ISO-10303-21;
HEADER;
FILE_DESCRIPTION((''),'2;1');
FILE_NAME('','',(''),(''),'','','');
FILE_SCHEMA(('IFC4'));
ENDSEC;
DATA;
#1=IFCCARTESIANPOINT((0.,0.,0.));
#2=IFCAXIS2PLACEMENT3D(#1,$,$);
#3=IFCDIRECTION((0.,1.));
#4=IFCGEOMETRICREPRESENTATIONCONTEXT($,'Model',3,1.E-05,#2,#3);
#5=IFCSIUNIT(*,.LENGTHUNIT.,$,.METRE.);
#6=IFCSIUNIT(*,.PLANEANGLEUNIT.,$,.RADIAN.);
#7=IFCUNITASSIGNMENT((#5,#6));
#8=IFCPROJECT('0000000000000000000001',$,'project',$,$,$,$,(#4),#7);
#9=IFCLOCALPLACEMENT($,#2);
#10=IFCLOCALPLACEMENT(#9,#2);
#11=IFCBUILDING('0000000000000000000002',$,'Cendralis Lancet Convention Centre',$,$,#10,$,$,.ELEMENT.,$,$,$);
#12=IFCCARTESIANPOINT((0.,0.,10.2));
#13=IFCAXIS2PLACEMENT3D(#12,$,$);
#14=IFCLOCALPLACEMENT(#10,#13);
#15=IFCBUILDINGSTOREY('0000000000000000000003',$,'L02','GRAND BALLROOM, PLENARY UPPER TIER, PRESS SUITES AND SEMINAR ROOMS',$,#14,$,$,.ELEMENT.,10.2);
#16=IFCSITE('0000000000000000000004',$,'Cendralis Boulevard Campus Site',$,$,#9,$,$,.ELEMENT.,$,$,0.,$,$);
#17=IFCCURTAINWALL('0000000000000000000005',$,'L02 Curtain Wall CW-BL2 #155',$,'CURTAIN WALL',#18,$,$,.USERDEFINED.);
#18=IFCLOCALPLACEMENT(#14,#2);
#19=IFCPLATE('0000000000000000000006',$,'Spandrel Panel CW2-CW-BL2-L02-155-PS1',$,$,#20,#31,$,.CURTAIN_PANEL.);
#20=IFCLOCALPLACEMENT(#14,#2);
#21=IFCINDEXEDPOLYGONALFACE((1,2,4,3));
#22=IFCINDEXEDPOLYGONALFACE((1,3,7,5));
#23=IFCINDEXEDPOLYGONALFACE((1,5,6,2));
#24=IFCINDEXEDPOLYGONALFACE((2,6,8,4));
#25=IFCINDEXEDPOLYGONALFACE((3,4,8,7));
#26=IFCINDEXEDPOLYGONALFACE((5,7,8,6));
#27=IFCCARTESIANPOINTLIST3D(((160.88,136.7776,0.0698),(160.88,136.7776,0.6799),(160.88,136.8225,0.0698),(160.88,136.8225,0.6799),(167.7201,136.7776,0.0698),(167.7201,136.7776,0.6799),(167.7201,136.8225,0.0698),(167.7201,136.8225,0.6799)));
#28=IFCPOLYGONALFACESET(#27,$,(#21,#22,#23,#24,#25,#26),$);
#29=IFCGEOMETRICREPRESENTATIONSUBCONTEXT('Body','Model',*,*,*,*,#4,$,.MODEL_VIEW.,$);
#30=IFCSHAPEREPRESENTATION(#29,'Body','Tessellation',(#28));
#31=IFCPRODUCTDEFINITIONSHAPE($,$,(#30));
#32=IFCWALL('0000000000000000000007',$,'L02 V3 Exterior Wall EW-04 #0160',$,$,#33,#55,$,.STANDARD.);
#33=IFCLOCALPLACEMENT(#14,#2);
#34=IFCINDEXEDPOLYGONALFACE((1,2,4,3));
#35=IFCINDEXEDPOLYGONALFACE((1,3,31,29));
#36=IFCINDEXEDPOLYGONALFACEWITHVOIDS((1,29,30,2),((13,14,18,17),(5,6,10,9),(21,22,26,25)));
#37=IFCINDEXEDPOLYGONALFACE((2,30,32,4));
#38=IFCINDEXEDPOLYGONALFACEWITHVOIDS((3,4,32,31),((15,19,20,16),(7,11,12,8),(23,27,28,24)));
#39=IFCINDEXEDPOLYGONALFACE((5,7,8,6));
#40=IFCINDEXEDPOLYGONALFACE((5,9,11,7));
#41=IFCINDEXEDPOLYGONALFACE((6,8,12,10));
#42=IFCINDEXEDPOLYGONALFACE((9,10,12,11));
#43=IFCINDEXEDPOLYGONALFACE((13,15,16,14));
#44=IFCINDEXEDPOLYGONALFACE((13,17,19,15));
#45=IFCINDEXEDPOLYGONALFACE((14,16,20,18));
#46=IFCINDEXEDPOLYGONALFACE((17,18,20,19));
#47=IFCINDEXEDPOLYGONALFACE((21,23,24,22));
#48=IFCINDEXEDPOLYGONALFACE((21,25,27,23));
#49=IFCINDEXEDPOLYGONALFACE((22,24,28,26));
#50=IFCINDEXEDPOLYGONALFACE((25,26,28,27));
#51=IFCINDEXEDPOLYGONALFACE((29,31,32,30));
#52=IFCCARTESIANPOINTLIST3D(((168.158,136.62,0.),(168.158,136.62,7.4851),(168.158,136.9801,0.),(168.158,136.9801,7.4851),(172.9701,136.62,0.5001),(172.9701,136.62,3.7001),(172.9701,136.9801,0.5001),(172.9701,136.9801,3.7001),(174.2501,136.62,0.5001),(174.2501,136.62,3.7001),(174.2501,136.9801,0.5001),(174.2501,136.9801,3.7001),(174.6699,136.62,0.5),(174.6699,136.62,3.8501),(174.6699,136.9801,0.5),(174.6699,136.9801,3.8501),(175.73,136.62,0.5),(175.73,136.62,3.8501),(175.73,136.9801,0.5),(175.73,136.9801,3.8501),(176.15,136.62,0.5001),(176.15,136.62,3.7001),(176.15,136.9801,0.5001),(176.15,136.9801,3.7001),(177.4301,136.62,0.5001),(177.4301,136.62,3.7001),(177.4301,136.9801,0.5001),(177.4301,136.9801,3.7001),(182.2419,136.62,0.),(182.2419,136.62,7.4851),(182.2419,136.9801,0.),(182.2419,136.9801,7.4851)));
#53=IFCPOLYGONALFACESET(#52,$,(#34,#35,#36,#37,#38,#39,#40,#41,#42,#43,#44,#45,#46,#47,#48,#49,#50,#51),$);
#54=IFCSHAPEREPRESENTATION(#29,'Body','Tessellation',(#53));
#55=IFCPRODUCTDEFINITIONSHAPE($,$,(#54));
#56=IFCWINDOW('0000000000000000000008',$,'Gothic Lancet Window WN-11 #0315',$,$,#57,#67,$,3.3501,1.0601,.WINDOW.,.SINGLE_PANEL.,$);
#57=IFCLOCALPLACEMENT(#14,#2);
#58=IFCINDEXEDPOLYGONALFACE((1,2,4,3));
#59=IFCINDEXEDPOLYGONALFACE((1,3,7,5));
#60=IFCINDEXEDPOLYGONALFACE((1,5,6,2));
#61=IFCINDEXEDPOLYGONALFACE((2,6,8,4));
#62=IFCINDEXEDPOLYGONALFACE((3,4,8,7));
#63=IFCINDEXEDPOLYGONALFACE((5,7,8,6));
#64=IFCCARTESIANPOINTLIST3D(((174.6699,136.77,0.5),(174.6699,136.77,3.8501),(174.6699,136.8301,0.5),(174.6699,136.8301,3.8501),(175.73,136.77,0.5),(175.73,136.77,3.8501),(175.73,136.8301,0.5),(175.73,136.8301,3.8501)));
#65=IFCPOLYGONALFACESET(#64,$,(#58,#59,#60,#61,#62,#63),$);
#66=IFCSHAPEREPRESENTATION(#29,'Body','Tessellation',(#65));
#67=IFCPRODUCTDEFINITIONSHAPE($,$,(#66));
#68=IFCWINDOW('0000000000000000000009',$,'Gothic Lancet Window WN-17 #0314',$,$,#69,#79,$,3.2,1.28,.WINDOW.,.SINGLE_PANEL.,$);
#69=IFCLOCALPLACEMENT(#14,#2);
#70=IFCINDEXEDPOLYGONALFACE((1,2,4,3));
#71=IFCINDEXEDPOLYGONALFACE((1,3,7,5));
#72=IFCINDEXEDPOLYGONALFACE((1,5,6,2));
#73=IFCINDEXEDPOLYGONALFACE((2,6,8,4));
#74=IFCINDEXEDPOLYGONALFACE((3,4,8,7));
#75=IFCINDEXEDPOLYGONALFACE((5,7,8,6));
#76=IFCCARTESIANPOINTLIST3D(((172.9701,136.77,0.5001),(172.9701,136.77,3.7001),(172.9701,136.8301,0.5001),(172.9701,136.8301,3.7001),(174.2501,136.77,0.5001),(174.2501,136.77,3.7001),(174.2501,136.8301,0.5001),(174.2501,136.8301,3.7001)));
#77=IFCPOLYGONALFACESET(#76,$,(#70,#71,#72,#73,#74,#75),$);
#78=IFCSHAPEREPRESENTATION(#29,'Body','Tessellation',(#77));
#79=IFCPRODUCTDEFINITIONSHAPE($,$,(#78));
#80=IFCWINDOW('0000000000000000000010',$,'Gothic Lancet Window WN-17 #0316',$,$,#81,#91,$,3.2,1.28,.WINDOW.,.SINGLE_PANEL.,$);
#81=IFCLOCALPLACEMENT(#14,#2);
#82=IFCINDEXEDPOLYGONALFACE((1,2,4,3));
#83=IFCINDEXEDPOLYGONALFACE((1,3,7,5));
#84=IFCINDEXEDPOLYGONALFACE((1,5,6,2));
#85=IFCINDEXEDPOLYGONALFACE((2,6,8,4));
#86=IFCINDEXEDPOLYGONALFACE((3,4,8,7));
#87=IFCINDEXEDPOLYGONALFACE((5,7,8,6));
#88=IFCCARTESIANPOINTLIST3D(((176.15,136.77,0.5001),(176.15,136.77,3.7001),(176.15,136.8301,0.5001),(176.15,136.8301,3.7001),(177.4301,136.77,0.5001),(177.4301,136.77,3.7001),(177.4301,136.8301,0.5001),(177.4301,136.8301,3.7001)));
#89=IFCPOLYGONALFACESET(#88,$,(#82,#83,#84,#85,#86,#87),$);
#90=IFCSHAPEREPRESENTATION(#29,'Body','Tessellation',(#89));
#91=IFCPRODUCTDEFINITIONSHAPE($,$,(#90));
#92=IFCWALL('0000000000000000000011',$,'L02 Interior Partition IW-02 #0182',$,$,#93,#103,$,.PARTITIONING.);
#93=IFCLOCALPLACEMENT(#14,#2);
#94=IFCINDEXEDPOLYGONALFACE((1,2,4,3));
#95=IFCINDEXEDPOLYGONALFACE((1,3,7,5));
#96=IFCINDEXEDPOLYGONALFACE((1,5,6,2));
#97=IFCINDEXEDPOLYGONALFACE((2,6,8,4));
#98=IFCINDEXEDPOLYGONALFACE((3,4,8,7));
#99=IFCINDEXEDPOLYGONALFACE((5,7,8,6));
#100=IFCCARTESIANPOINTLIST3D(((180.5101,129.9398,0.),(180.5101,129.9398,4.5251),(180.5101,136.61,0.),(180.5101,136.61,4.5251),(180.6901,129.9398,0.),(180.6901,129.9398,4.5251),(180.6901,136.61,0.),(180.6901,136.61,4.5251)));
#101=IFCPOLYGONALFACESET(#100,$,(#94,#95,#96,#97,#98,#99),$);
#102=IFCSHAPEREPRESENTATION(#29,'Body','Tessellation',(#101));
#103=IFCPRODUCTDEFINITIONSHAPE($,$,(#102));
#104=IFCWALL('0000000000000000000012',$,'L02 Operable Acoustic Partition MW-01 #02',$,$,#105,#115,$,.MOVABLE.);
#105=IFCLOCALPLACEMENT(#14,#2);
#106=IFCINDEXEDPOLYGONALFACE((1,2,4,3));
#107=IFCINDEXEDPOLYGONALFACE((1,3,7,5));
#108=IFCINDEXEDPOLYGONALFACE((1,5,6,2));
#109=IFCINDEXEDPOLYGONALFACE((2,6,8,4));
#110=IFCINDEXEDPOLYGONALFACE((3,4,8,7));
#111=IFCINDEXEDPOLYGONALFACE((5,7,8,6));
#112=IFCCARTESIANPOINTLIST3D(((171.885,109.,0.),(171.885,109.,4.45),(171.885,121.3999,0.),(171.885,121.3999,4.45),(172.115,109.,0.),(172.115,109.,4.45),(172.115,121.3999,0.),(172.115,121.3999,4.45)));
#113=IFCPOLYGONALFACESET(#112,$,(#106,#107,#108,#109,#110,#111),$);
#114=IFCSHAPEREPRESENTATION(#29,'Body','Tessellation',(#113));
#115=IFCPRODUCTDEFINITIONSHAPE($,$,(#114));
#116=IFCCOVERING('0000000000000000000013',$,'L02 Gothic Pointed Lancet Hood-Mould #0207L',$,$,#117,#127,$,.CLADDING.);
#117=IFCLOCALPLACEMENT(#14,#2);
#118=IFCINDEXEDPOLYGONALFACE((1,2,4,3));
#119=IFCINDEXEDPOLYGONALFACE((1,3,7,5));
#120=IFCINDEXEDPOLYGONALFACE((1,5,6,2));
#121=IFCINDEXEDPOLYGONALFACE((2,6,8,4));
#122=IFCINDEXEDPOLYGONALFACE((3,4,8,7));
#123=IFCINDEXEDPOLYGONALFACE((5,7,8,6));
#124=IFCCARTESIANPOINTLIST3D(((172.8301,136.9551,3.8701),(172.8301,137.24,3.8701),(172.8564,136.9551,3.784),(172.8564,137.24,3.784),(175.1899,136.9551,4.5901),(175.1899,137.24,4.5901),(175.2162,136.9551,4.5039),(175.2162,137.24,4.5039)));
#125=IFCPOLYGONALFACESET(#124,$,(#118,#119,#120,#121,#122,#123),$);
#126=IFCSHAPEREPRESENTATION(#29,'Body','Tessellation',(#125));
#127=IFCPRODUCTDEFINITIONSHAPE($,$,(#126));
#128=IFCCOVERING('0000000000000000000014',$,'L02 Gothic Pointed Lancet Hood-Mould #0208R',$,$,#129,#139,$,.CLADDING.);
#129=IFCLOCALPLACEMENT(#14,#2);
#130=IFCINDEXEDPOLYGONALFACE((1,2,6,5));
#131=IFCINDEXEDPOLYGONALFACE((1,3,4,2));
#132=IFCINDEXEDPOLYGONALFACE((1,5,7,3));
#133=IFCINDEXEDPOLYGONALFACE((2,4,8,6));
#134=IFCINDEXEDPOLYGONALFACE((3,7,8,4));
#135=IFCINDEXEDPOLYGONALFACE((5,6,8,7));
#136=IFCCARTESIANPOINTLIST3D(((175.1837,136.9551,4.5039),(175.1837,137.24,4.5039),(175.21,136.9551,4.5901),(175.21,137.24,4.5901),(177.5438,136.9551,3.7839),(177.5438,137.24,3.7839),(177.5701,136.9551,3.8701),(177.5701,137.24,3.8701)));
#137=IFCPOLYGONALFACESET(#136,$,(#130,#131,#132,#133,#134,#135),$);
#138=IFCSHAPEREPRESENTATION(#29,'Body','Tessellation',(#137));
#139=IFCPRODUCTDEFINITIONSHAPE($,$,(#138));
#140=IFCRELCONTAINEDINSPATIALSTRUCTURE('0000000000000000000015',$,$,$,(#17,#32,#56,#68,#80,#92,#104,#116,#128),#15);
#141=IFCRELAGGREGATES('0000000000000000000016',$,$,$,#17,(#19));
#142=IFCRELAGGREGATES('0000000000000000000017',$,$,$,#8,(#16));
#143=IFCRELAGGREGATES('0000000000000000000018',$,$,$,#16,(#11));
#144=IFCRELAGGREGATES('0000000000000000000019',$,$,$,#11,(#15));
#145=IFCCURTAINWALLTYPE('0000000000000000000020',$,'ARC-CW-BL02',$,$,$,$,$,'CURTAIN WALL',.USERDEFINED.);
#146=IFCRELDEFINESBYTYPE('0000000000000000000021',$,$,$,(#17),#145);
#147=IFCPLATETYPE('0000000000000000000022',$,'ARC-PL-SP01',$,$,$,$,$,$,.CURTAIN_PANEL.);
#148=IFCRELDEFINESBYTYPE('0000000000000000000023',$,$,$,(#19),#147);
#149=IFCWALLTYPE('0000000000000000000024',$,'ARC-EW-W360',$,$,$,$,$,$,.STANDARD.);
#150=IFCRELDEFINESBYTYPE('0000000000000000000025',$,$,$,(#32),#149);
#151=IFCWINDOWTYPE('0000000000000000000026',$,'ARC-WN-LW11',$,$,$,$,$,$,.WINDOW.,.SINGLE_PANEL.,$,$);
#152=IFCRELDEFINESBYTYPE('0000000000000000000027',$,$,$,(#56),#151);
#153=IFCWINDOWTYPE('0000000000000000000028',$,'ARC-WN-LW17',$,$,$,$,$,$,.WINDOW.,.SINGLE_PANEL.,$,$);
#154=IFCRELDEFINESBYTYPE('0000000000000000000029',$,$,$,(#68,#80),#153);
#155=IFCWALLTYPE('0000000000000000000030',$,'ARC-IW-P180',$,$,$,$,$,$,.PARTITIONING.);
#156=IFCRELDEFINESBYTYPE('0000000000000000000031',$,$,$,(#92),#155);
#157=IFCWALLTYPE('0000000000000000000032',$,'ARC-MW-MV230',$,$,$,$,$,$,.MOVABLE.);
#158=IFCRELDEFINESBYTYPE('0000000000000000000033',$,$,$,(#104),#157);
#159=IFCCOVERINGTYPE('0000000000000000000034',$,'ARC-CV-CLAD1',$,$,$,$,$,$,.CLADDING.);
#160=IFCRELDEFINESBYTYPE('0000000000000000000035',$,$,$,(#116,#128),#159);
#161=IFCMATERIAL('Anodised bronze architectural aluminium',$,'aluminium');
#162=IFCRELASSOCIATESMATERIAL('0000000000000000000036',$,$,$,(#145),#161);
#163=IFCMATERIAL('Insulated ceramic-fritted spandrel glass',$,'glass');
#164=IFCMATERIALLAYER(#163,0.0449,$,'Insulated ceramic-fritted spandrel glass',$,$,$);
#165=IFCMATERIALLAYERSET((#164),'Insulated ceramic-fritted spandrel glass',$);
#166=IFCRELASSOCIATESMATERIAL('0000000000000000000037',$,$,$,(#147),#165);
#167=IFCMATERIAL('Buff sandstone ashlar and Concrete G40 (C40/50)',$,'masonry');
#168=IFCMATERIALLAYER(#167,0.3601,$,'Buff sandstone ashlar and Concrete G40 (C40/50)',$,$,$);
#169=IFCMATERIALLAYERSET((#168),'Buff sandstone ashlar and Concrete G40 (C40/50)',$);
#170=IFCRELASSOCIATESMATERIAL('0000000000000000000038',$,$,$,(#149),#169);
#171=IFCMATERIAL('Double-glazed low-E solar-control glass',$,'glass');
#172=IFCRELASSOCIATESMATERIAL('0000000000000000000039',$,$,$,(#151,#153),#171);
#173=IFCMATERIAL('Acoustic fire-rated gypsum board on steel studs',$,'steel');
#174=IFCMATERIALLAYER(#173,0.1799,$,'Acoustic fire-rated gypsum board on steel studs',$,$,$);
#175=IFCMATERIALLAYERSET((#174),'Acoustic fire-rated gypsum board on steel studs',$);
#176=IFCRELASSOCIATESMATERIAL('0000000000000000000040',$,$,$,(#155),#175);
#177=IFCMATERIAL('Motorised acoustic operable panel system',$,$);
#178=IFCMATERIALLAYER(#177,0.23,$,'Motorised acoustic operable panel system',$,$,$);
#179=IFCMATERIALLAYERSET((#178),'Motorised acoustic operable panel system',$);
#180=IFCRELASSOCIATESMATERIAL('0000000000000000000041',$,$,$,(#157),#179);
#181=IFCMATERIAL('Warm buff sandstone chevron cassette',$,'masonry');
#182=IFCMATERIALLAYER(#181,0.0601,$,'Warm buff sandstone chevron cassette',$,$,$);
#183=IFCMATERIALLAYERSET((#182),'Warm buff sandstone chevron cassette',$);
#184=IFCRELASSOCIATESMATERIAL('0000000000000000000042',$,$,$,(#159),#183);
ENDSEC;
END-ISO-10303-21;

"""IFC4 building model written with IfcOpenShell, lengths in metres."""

from ifc_helpers import new_model, si_unit, direction, frame, frame_2d, origin, origin_2d, place, context, subcontext, project, spatial, polyline, rectangle, outline, extrude, material, layer, layer_set, type_object, element, fill, aggregate, save


model = new_model("IFC4")

# Units and contexts
model_context = context("Model", 3, precision=1e-05, world=origin(), true_north=direction((0.0, 1.0)))
body_context = subcontext(model_context, "Body", "Model", "MODEL_VIEW")
ifc_project = project(units=[si_unit("LENGTHUNIT", "METRE"), si_unit("PLANEANGLEUNIT", "RADIAN")], contexts=[model_context])

# Site, building, storey
site_placement = place(None, origin())
site = spatial("IfcSite", under=ifc_project, at=site_placement, Name="Cendralis Boulevard Campus Site", CompositionType="ELEMENT", RefElevation=0.0)
building_placement = place(site_placement, origin())
building = spatial("IfcBuilding", under=site, at=building_placement, Name="Cendralis Lancet Convention Centre", CompositionType="ELEMENT")
storey_placement = place(building_placement, frame((0.0, 0.0, 10.2)))
storey = spatial("IfcBuildingStorey", under=building, at=storey_placement, Name="L02", Description="GRAND BALLROOM, PLENARY UPPER TIER, PRESS SUITES AND SEMINAR ROOMS", CompositionType="ELEMENT", Elevation=10.2)

# Curtain wall
ifc_material_1 = material(Name="Anodised bronze architectural aluminium", Category="aluminium")
curtain_wall_type = type_object("IfcCurtainWallType", Name="ARC-CW-BL02", ElementType="CURTAIN WALL", PredefinedType="USERDEFINED", material=ifc_material_1)
curtain_wall_1_placement = place(storey_placement, origin())
curtain_wall_1 = element("IfcCurtainWall", 1, at=curtain_wall_1_placement, inside=storey, type_object=curtain_wall_type, Name="L02 Curtain Wall CW-BL2 #155", ObjectType="CURTAIN WALL", PredefinedType="USERDEFINED")

# Plate
ifc_material_2 = material(Name="Double-glazed low-E solar-control glass", Category="glass")
ifc_material_3 = material(Name="Insulated ceramic-fritted spandrel glass", Category="glass")
ifc_layer_1 = layer(ifc_material_3, 0.0449, Name="Insulated ceramic-fritted spandrel glass")
ifc_layer_set_1 = layer_set([ifc_layer_1], Name="Insulated ceramic-fritted spandrel glass")
plate_type_1 = type_object("IfcPlateType", Name="ARC-PL-SP01", PredefinedType="CURTAIN_PANEL", material=ifc_layer_set_1)
plate_1_placement = place(storey_placement, frame((164.3, 136.8, 0.0698), z_axis=(0.0, 0.0, 1.0), x_axis=(1.0, 0.0, 0.0)))
plate_1 = element("IfcPlate", 2, at=plate_1_placement, type_object=plate_type_1, Name="Spandrel Panel CW2-CW-BL2-L02-155-PS1", PredefinedType="CURTAIN_PANEL", context=body_context, shape_type="SweptSolid", body=[
    extrude(rectangle(XDim=6.8401, YDim=0.0449, at=origin_2d()), origin(), (0.0, 0.0, 1.0), 0.6101),
])
aggregate(curtain_wall_1, [plate_1])

# Wall, openings, windows
ifc_material_4 = material(Name="Buff sandstone ashlar and Concrete G40 (C40/50)", Category="masonry")
ifc_layer_2 = layer(ifc_material_4, 0.3601, Name="Buff sandstone ashlar and Concrete G40 (C40/50)")
ifc_layer_set_2 = layer_set([ifc_layer_2], Name="Buff sandstone ashlar and Concrete G40 (C40/50)")
wall_type_1 = type_object("IfcWallType", Name="ARC-EW-W360", PredefinedType="STANDARD", material=ifc_layer_set_2)
wall_1_placement = place(storey_placement, frame((168.158, 136.8, 0.0), z_axis=(0.0, 0.0, 1.0), x_axis=(1.0, 0.0, 0.0)))
wall_1 = element("IfcWall", 3, at=wall_1_placement, inside=storey, type_object=wall_type_1, Name="L02 V3 Exterior Wall EW-04 #0160", PredefinedType="STANDARD", context=body_context, shape_type="SweptSolid", body=[
    extrude(rectangle(XDim=14.084, YDim=0.3601, at=frame_2d((7.042, 0.0))), origin(), (0.0, 0.0, 1.0), 7.4851),
])
opening_1_placement = place(wall_1_placement, frame((4.812, 0.0, 0.5)))
opening_1 = element("IfcOpeningElement", 4, at=opening_1_placement, cuts=wall_1, PredefinedType="OPENING", context=body_context, shape_type="SweptSolid", body=[
    extrude(rectangle(XDim=1.28, YDim=3.2, at=frame_2d((0.6401, 1.6001))), frame((0.0, 0.1899, 0.0), z_axis=(0.0, -1.0, 0.0), x_axis=(1.0, 0.0, 0.0)), (0.0, 0.0, 1.0), 0.3801),
])
opening_2_placement = place(wall_1_placement, frame((6.512, 0.0, 0.5)))
opening_2 = element("IfcOpeningElement", 5, at=opening_2_placement, cuts=wall_1, PredefinedType="OPENING", context=body_context, shape_type="SweptSolid", body=[
    extrude(rectangle(XDim=1.0601, YDim=3.3501, at=frame_2d((0.53, 1.675))), frame((0.0, 0.1899, 0.0), z_axis=(0.0, -1.0, 0.0), x_axis=(1.0, 0.0, 0.0)), (0.0, 0.0, 1.0), 0.3801),
])
opening_3_placement = place(wall_1_placement, frame((7.9919, 0.0, 0.5)))
opening_3 = element("IfcOpeningElement", 6, at=opening_3_placement, cuts=wall_1, PredefinedType="OPENING", context=body_context, shape_type="SweptSolid", body=[
    extrude(rectangle(XDim=1.28, YDim=3.2, at=frame_2d((0.6401, 1.6001))), frame((0.0, 0.1899, 0.0), z_axis=(0.0, -1.0, 0.0), x_axis=(1.0, 0.0, 0.0)), (0.0, 0.0, 1.0), 0.3801),
])
window_type_1 = type_object("IfcWindowType", Name="ARC-WN-LW11", PartitioningType="SINGLE_PANEL", PredefinedType="WINDOW", material=ifc_material_2)
window_1_placement = place(opening_2_placement, origin())
window_1 = element("IfcWindow", 7, at=window_1_placement, inside=storey, type_object=window_type_1, Name="Gothic Lancet Window WN-11 #0315", OverallHeight=3.3501, OverallWidth=1.0601, PartitioningType="SINGLE_PANEL", PredefinedType="WINDOW", context=body_context, shape_type="SweptSolid", body=[
    extrude(rectangle(XDim=1.0601, YDim=3.3501, at=frame_2d((0.53, 1.675))), frame((0.0, 0.03, 0.0), z_axis=(0.0, -1.0, 0.0), x_axis=(1.0, 0.0, 0.0)), (0.0, 0.0, 1.0), 0.0601),
])
fill(opening_2, window_1)
window_type_2 = type_object("IfcWindowType", Name="ARC-WN-LW17", PartitioningType="SINGLE_PANEL", PredefinedType="WINDOW", material=ifc_material_2)
window_2_placement = place(opening_1_placement, origin())
window_2 = element("IfcWindow", 8, at=window_2_placement, inside=storey, type_object=window_type_2, Name="Gothic Lancet Window WN-17 #0314", OverallHeight=3.2, OverallWidth=1.28, PartitioningType="SINGLE_PANEL", PredefinedType="WINDOW", context=body_context, shape_type="SweptSolid", body=[
    extrude(rectangle(XDim=1.28, YDim=3.2, at=frame_2d((0.6401, 1.6001))), frame((0.0, 0.03, 0.0), z_axis=(0.0, -1.0, 0.0), x_axis=(1.0, 0.0, 0.0)), (0.0, 0.0, 1.0), 0.0601),
])
fill(opening_1, window_2)
window_3_placement = place(opening_3_placement, origin())
window_3 = element("IfcWindow", 9, at=window_3_placement, inside=storey, type_object=window_type_2, Name="Gothic Lancet Window WN-17 #0316", OverallHeight=3.2, OverallWidth=1.28, PartitioningType="SINGLE_PANEL", PredefinedType="WINDOW", context=body_context, shape_type="SweptSolid", body=[
    extrude(rectangle(XDim=1.28, YDim=3.2, at=frame_2d((0.6401, 1.6001))), frame((0.0, 0.03, 0.0), z_axis=(0.0, -1.0, 0.0), x_axis=(1.0, 0.0, 0.0)), (0.0, 0.0, 1.0), 0.0601),
])
fill(opening_3, window_3)

# Walls
ifc_material_5 = material(Name="Acoustic fire-rated gypsum board on steel studs", Category="steel")
ifc_layer_3 = layer(ifc_material_5, 0.1799, Name="Acoustic fire-rated gypsum board on steel studs")
ifc_layer_set_3 = layer_set([ifc_layer_3], Name="Acoustic fire-rated gypsum board on steel studs")
wall_type_2 = type_object("IfcWallType", Name="ARC-IW-P180", PredefinedType="PARTITIONING", material=ifc_layer_set_3)
wall_2_placement = place(storey_placement, frame((180.6001, 129.9399, 0.0), z_axis=(0.0, 0.0, 1.0), x_axis=(0.0, 1.0, 0.0)))
element("IfcWall", 10, at=wall_2_placement, inside=storey, type_object=wall_type_2, Name="L02 Interior Partition IW-02 #0182", PredefinedType="PARTITIONING", context=body_context, shape_type="SweptSolid", body=[
    extrude(rectangle(XDim=6.6702, YDim=0.1799, at=frame_2d((3.335, 0.0))), origin(), (0.0, 0.0, 1.0), 4.5251),
])
ifc_material_6 = material(Name="Motorised acoustic operable panel system")
ifc_layer_4 = layer(ifc_material_6, 0.23, Name="Motorised acoustic operable panel system")
ifc_layer_set_4 = layer_set([ifc_layer_4], Name="Motorised acoustic operable panel system")
wall_type_3 = type_object("IfcWallType", Name="ARC-MW-MV230", PredefinedType="MOVABLE", material=ifc_layer_set_4)
wall_3_placement = place(storey_placement, frame((172.0, 109.0, 0.0), z_axis=(0.0, 0.0, 1.0), x_axis=(0.0, 1.0, 0.0)))
element("IfcWall", 11, at=wall_3_placement, inside=storey, type_object=wall_type_3, Name="L02 Operable Acoustic Partition MW-01 #02", PredefinedType="MOVABLE", context=body_context, shape_type="SweptSolid", body=[
    extrude(rectangle(XDim=12.3999, YDim=0.23, at=frame_2d((6.2, 0.0))), origin(), (0.0, 0.0, 1.0), 4.45),
])

# Coverings
ifc_material_7 = material(Name="Warm buff sandstone chevron cassette", Category="masonry")
ifc_layer_5 = layer(ifc_material_7, 0.0601, Name="Warm buff sandstone chevron cassette")
ifc_layer_set_5 = layer_set([ifc_layer_5], Name="Warm buff sandstone chevron cassette")
covering_type = type_object("IfcCoveringType", Name="ARC-CV-CLAD1", PredefinedType="CLADDING", material=ifc_layer_set_5)
covering_1_placement = place(storey_placement, frame((172.8301, 137.24, 3.8701), z_axis=(-0.291811, 0.0, 0.956476), x_axis=(0.0, -1.0, 0.0)))
element("IfcCovering", 12, at=covering_1_placement, inside=storey, type_object=covering_type, Name="L02 Gothic Pointed Lancet Hood-Mould #0207L", PredefinedType="CLADDING", context=body_context, shape_type="SweptSolid", body=[
    extrude(outline(polyline([(0.0, 0.0), (0.2849, 0.0), (0.2849, 2.4672), (0.0, 2.4672), (0.0, 0.0)])), origin(), (0.0, 0.0, -1.0), 0.0901),
])
covering_2_placement = place(storey_placement, frame((175.21, 137.24, 4.5901), z_axis=(0.291784, 0.0, 0.956484), x_axis=(0.0, -1.0, 0.0)))
element("IfcCovering", 13, at=covering_2_placement, inside=storey, type_object=covering_type, Name="L02 Gothic Pointed Lancet Hood-Mould #0208R", PredefinedType="CLADDING", context=body_context, shape_type="SweptSolid", body=[
    extrude(outline(polyline([(0.0, 0.0), (0.2849, 0.0), (0.2849, 2.4675), (0.0, 2.4675), (0.0, 0.0)])), origin(), (0.0, 0.0, -1.0), 0.0901),
])

save(model, "model.ifc")
